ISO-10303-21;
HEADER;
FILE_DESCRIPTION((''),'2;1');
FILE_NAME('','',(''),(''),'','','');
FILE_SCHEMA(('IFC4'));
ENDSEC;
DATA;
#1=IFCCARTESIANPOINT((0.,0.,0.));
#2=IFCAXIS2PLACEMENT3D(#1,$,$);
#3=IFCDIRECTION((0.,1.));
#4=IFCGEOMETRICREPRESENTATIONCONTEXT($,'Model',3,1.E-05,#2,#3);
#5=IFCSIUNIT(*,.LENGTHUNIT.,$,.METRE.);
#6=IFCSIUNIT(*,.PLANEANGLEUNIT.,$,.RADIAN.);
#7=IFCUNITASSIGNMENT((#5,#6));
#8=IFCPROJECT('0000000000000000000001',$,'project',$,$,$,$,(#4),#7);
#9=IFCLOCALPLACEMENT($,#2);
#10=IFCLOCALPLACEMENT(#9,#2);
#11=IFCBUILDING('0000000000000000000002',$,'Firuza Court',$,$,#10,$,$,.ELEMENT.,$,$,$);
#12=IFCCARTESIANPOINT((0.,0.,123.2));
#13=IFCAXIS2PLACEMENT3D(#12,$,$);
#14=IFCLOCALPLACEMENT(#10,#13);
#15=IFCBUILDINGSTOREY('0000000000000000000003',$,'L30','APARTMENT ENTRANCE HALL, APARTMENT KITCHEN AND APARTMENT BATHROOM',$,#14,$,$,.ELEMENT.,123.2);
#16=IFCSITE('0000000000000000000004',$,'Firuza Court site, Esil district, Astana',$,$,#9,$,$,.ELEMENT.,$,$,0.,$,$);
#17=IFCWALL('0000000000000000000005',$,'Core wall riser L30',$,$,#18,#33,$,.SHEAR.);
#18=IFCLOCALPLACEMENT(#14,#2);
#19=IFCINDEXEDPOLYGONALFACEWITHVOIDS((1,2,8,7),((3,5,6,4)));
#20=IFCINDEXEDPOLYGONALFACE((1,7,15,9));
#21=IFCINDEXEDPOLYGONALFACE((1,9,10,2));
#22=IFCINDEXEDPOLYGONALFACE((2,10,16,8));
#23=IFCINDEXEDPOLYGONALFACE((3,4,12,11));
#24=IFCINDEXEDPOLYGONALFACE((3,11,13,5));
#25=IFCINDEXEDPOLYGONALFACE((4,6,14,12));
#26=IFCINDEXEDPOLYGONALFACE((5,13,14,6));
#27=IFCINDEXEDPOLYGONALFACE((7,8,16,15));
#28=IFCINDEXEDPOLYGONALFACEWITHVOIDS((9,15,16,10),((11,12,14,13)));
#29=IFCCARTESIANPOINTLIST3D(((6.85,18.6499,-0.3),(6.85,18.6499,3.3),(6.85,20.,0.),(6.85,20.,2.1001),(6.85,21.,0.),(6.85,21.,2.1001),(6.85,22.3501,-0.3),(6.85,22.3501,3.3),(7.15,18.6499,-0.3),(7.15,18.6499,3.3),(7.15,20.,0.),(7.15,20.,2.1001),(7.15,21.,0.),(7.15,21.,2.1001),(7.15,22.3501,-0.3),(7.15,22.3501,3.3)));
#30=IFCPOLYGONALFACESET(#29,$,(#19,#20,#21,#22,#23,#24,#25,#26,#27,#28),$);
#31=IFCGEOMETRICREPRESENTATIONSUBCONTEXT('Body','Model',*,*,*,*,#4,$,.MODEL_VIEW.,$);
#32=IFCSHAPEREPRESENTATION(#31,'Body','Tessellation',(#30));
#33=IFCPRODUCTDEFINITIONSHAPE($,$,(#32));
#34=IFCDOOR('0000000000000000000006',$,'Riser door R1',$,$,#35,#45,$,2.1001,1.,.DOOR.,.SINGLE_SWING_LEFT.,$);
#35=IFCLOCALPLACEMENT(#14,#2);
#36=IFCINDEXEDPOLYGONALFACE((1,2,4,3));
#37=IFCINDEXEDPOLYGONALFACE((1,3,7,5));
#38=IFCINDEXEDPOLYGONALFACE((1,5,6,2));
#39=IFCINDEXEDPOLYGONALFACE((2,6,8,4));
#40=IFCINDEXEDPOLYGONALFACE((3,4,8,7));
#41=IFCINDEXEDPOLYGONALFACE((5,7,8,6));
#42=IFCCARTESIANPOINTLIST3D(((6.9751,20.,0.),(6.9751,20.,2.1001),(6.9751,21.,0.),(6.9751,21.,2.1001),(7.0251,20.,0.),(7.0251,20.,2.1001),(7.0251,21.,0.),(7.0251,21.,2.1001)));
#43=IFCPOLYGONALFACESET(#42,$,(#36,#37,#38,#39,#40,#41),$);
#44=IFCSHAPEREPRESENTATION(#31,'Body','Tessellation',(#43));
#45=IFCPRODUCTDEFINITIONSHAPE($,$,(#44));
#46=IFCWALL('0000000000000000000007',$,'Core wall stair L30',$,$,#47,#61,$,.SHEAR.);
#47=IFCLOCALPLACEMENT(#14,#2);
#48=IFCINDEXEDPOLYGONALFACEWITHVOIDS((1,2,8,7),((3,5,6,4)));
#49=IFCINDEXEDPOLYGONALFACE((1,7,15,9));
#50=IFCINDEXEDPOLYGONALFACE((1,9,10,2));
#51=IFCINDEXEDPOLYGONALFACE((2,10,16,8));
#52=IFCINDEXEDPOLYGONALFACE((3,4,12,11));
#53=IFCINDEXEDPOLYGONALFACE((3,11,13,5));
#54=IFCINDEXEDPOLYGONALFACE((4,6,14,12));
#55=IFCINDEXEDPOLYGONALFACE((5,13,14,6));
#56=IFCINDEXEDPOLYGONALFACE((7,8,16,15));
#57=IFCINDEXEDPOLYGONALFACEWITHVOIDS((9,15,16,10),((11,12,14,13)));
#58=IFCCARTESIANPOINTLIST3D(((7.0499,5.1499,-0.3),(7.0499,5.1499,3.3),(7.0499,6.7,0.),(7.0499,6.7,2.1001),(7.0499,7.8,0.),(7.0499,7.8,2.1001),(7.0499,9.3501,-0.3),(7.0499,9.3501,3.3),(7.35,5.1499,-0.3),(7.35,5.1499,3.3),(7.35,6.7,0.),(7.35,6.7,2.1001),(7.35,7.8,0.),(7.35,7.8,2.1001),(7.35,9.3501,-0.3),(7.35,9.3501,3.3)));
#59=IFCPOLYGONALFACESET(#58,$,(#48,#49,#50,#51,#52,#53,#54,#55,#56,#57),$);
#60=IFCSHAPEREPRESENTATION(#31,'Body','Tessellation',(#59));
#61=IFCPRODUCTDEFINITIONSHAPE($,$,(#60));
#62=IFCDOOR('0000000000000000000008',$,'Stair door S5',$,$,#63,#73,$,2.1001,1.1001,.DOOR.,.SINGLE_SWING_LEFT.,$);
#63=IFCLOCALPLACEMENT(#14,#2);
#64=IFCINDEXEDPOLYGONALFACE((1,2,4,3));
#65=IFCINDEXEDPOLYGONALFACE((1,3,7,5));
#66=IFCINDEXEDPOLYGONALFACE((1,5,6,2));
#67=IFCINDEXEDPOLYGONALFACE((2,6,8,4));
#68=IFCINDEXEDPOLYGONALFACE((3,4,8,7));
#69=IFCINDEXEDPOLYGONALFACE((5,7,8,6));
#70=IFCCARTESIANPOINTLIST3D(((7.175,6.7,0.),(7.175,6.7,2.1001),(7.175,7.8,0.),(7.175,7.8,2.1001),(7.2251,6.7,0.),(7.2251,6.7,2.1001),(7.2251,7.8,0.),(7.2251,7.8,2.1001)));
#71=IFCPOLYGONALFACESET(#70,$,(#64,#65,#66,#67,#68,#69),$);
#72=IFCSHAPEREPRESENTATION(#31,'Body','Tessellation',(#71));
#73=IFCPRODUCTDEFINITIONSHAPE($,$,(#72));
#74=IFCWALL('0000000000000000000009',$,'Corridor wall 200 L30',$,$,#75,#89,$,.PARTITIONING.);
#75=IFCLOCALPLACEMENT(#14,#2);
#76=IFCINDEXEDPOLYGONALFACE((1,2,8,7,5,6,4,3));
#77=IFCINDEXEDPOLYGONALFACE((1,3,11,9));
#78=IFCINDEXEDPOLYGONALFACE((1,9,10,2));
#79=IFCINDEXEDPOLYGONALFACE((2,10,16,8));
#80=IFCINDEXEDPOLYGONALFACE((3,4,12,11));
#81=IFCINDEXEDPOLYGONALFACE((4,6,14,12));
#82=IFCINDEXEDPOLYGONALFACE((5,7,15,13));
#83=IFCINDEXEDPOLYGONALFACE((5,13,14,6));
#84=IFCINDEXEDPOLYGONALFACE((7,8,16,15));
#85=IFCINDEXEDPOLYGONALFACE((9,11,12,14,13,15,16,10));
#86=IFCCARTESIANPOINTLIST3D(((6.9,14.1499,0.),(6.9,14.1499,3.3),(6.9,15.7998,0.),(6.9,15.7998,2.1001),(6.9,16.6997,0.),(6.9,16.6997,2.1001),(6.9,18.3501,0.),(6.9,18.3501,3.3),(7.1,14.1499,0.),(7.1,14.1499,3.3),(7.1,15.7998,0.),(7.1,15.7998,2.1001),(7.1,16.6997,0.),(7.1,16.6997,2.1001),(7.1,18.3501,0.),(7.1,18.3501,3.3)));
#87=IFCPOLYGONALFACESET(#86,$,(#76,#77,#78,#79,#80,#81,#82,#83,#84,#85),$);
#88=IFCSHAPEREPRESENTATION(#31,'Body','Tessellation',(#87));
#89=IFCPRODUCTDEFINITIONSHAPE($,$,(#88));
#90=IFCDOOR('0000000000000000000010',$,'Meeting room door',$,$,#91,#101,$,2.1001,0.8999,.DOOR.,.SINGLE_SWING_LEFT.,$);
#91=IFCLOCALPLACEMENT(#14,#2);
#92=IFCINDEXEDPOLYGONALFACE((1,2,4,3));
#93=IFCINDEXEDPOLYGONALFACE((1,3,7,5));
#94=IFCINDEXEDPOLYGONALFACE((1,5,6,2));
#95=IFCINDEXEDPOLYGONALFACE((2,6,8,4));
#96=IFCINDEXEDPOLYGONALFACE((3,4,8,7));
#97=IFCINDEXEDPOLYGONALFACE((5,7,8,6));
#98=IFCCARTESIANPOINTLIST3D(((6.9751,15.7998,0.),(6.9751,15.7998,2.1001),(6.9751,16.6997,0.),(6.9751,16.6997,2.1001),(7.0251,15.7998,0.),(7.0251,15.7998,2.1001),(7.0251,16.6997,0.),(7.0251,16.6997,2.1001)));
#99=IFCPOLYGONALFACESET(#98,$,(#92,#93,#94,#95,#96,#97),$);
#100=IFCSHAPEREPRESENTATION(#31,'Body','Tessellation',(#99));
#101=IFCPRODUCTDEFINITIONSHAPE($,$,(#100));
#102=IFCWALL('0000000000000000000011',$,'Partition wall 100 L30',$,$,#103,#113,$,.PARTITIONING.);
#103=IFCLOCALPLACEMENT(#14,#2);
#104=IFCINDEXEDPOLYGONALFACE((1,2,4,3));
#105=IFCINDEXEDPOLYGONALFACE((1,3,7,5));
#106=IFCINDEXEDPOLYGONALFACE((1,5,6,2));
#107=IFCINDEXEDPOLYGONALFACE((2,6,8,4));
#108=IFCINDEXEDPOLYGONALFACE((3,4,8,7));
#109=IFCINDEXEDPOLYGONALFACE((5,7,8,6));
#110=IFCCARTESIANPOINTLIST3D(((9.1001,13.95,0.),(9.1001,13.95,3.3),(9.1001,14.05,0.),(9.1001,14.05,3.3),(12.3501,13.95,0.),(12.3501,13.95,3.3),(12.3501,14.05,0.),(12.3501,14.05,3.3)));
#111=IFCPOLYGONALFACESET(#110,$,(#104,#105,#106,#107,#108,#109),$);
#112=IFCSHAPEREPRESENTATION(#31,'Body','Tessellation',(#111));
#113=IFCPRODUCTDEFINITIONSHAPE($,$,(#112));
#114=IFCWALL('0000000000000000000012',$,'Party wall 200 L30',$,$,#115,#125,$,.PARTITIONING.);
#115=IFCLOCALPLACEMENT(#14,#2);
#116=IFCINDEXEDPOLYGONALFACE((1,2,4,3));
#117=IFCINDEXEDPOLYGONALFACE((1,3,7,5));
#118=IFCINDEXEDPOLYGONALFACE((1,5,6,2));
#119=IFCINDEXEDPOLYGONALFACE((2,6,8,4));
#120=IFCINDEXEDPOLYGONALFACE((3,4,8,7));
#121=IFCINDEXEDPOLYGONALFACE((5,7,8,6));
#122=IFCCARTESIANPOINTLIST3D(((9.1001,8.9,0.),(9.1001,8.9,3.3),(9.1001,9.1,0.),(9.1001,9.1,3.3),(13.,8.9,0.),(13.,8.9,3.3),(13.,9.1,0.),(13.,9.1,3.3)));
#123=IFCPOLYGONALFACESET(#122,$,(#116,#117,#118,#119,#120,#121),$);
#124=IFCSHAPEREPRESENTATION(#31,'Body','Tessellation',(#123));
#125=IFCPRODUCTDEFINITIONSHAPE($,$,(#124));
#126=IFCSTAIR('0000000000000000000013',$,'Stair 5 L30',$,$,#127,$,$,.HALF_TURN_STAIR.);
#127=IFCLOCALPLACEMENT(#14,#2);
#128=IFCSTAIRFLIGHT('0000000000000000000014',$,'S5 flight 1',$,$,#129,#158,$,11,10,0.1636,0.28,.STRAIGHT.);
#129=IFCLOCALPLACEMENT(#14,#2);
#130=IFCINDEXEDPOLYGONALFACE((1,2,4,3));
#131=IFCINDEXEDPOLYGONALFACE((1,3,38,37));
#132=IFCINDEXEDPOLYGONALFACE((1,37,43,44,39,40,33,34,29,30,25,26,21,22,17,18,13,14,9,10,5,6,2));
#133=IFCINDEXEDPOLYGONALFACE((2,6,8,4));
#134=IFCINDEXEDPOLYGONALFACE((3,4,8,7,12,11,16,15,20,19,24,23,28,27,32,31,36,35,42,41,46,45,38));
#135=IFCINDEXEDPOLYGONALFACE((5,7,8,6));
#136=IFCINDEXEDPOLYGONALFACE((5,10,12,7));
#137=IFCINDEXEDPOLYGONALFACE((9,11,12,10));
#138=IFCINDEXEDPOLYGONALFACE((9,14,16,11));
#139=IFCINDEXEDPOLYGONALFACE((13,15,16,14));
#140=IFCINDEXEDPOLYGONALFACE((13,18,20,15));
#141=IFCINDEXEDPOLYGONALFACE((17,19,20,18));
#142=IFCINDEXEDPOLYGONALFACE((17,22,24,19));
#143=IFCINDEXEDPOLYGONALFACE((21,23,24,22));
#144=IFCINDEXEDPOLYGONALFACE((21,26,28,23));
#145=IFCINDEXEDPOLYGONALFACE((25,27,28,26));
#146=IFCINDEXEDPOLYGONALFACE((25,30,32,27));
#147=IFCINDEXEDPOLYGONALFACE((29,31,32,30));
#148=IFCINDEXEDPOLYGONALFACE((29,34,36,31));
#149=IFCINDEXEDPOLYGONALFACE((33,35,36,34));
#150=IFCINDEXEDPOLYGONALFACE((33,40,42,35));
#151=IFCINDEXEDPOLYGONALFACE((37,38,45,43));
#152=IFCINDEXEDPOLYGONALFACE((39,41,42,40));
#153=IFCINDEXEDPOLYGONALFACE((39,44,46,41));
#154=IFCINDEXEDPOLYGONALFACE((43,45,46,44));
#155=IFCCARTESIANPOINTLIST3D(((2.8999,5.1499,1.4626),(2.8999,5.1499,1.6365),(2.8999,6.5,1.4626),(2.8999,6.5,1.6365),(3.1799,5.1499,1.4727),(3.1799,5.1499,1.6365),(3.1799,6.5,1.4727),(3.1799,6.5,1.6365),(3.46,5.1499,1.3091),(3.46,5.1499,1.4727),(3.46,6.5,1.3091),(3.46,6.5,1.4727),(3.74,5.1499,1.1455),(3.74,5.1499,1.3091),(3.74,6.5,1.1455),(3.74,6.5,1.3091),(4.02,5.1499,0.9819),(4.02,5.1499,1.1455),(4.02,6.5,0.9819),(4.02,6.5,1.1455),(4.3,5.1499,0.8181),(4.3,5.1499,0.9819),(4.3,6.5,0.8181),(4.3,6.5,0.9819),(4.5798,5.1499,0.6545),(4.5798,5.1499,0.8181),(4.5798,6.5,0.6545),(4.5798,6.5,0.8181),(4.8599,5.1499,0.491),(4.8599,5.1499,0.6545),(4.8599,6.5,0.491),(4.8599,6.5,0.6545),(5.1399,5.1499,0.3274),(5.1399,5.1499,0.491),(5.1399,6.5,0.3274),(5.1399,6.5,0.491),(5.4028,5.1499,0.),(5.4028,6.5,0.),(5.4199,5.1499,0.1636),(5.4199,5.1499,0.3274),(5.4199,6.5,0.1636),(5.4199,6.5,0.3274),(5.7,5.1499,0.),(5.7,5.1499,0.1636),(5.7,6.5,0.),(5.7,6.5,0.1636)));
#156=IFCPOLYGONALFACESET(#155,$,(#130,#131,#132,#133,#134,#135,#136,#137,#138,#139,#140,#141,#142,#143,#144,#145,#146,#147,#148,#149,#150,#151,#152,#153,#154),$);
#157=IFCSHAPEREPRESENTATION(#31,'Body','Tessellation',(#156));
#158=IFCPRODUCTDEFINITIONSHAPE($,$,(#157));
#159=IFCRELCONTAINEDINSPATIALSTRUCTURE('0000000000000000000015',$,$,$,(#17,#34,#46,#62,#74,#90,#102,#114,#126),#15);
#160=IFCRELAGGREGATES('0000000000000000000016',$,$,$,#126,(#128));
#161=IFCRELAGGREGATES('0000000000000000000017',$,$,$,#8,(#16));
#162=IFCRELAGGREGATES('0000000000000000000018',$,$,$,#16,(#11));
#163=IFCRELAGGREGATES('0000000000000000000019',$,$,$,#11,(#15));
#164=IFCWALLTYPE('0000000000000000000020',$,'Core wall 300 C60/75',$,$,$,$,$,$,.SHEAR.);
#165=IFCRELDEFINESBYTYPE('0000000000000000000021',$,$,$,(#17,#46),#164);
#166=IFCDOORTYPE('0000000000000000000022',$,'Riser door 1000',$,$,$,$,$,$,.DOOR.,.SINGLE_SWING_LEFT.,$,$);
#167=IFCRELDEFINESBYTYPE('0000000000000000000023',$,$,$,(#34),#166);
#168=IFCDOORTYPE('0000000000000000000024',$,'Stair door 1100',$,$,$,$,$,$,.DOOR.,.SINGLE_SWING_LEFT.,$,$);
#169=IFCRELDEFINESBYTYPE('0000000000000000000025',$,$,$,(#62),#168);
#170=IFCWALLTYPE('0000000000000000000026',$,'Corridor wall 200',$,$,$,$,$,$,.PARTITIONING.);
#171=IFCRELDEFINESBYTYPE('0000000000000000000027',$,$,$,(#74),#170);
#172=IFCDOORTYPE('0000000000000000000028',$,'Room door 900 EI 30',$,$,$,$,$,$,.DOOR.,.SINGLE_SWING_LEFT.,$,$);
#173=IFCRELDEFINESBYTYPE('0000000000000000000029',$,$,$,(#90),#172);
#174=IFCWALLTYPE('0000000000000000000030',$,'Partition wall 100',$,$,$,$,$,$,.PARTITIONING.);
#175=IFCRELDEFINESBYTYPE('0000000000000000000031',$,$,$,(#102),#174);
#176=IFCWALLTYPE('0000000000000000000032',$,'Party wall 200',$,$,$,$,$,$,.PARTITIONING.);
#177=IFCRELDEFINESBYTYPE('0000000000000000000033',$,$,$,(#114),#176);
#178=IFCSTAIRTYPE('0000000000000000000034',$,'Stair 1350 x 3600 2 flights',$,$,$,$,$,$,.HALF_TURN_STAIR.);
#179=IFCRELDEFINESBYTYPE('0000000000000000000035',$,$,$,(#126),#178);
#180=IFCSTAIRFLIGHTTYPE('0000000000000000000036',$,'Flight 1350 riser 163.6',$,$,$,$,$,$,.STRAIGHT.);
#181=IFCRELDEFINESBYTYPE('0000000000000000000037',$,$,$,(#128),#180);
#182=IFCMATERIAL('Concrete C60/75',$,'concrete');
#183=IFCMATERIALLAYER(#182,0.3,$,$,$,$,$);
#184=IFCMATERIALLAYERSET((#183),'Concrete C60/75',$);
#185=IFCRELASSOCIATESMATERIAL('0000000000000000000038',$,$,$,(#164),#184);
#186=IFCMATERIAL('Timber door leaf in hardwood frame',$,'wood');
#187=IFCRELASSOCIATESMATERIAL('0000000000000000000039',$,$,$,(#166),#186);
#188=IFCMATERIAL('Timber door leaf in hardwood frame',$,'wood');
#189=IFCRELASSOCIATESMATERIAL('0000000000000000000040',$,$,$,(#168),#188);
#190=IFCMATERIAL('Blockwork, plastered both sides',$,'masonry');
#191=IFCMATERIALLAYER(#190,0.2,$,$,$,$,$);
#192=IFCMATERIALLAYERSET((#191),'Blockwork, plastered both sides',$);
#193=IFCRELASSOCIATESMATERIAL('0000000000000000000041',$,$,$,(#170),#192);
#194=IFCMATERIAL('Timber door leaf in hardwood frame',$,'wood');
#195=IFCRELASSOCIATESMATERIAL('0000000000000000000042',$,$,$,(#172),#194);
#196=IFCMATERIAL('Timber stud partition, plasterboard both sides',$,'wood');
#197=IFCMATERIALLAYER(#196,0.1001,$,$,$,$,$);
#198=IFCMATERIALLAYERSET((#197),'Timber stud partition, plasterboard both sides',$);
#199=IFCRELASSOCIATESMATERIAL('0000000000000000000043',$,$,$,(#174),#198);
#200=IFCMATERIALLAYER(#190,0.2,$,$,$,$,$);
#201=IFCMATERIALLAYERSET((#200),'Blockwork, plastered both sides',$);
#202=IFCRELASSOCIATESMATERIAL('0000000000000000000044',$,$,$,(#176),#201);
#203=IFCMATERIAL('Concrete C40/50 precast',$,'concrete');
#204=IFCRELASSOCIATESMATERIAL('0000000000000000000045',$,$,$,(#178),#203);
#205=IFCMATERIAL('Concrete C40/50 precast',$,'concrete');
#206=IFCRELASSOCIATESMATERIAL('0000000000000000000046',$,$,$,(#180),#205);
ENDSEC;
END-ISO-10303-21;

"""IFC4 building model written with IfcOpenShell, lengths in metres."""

from ifc_helpers import new_model, si_unit, direction, frame, frame_2d, origin, place, context, subcontext, project, spatial, polyline, rectangle, outline, extrude, material, layer, layer_set, type_object, element, fill, aggregate, save


model = new_model("IFC4")

# Units and contexts
model_context = context("Model", 3, precision=1e-05, world=origin(), true_north=direction((0.0, 1.0)))
body_context = subcontext(model_context, "Body", "Model", "MODEL_VIEW")
ifc_project = project(units=[si_unit("LENGTHUNIT", "METRE"), si_unit("PLANEANGLEUNIT", "RADIAN")], contexts=[model_context])

# Site, building, storey
site_placement = place(None, origin())
site = spatial("IfcSite", under=ifc_project, at=site_placement, Name="Firuza Court site, Esil district, Astana", CompositionType="ELEMENT", RefElevation=0.0)
building_placement = place(site_placement, origin())
building = spatial("IfcBuilding", under=site, at=building_placement, Name="Firuza Court", CompositionType="ELEMENT")
storey_placement = place(building_placement, frame((0.0, 0.0, 123.2)))
storey = spatial("IfcBuildingStorey", under=building, at=storey_placement, Name="L30", Description="APARTMENT ENTRANCE HALL, APARTMENT KITCHEN AND APARTMENT BATHROOM", CompositionType="ELEMENT", Elevation=123.2)

# Shared definitions
ifc_material_1 = material(Name="Concrete C60/75", Category="concrete")
ifc_layer_1 = layer(ifc_material_1, 0.3)
ifc_layer_set_1 = layer_set([ifc_layer_1], Name="Concrete C60/75")
wall_type_1 = type_object("IfcWallType", Name="Core wall 300 C60/75", PredefinedType="SHEAR", material=ifc_layer_set_1)

# Walls, openings, doors
ifc_material_2 = material(Name="Timber door leaf in hardwood frame", Category="wood")
door_type_1 = type_object("IfcDoorType", Name="Riser door 1000", OperationType="SINGLE_SWING_LEFT", PredefinedType="DOOR", material=ifc_material_2)
wall_1_placement = place(storey_placement, frame((7.0, 18.6499, -0.3), z_axis=(0.0, 0.0, 1.0), x_axis=(0.0, 1.0, 0.0)))
wall_1 = element("IfcWall", 1, at=wall_1_placement, inside=storey, type_object=wall_type_1, Name="Core wall riser L30", PredefinedType="SHEAR", context=body_context, shape_type="SweptSolid", body=[
    extrude(rectangle(XDim=3.7002, YDim=0.3, at=frame_2d((1.8501, 0.0))), origin(), (0.0, 0.0, 1.0), 3.6001),
])
opening_1_placement = place(wall_1_placement, frame((1.3501, 0.0, 0.3)))
opening_1 = element("IfcOpeningElement", 2, at=opening_1_placement, cuts=wall_1, PredefinedType="OPENING", context=body_context, shape_type="SweptSolid", body=[
    extrude(rectangle(XDim=1.0, YDim=2.1001, at=frame_2d((0.5, 1.05))), frame((0.0, 0.1621, 0.0), z_axis=(0.0, -1.0, 0.0), x_axis=(1.0, 0.0, 0.0)), (0.0, 0.0, 1.0), 0.324),
])
door_1_placement = place(opening_1_placement, origin())
door_1 = element("IfcDoor", 3, at=door_1_placement, inside=storey, type_object=door_type_1, Name="Riser door R1", OperationType="SINGLE_SWING_LEFT", OverallHeight=2.1001, OverallWidth=1.0, PredefinedType="DOOR", context=body_context, shape_type="SweptSolid", body=[
    extrude(rectangle(XDim=1.0, YDim=2.1001, at=frame_2d((0.5, 1.05))), frame((0.0, 0.0249, 0.0), z_axis=(0.0, -1.0, 0.0), x_axis=(1.0, 0.0, 0.0)), (0.0, 0.0, 1.0), 0.05),
])
fill(opening_1, door_1)
wall_2_placement = place(storey_placement, frame((7.2, 5.1499, -0.3), z_axis=(0.0, 0.0, 1.0), x_axis=(0.0, 1.0, 0.0)))
wall_2 = element("IfcWall", 4, at=wall_2_placement, inside=storey, type_object=wall_type_1, Name="Core wall stair L30", PredefinedType="SHEAR", context=body_context, shape_type="SweptSolid", body=[
    extrude(rectangle(XDim=4.2002, YDim=0.3, at=frame_2d((2.1001, 0.0))), origin(), (0.0, 0.0, 1.0), 3.6001),
])
opening_2_placement = place(wall_2_placement, frame((1.55, 0.0, 0.3)))
opening_2 = element("IfcOpeningElement", 5, at=opening_2_placement, cuts=wall_2, PredefinedType="OPENING", context=body_context, shape_type="SweptSolid", body=[
    extrude(rectangle(XDim=1.1001, YDim=2.1001, at=frame_2d((0.55, 1.05))), frame((0.0, 0.1621, 0.0), z_axis=(0.0, -1.0, 0.0), x_axis=(1.0, 0.0, 0.0)), (0.0, 0.0, 1.0), 0.324),
])
ifc_material_3 = material(Name="Timber door leaf in hardwood frame", Category="wood")
door_type_2 = type_object("IfcDoorType", Name="Stair door 1100", OperationType="SINGLE_SWING_LEFT", PredefinedType="DOOR", material=ifc_material_3)
door_2_placement = place(opening_2_placement, origin())
door_2 = element("IfcDoor", 6, at=door_2_placement, inside=storey, type_object=door_type_2, Name="Stair door S5", OperationType="SINGLE_SWING_LEFT", OverallHeight=2.1001, OverallWidth=1.1001, PredefinedType="DOOR", context=body_context, shape_type="SweptSolid", body=[
    extrude(rectangle(XDim=1.1001, YDim=2.1001, at=frame_2d((0.55, 1.05))), frame((0.0, 0.0249, 0.0), z_axis=(0.0, -1.0, 0.0), x_axis=(1.0, 0.0, 0.0)), (0.0, 0.0, 1.0), 0.05),
])
fill(opening_2, door_2)
ifc_material_4 = material(Name="Blockwork, plastered both sides", Category="masonry")
ifc_layer_2 = layer(ifc_material_4, 0.2)
ifc_layer_set_2 = layer_set([ifc_layer_2], Name="Blockwork, plastered both sides")
wall_type_2 = type_object("IfcWallType", Name="Corridor wall 200", PredefinedType="PARTITIONING", material=ifc_layer_set_2)
wall_3_placement = place(storey_placement, frame((7.0, 14.1499, 0.0), z_axis=(0.0, 0.0, 1.0), x_axis=(0.0, 1.0, 0.0)))
wall_3 = element("IfcWall", 7, at=wall_3_placement, inside=storey, type_object=wall_type_2, Name="Corridor wall 200 L30", PredefinedType="PARTITIONING", context=body_context, shape_type="SweptSolid", body=[
    extrude(rectangle(XDim=4.2002, YDim=0.2, at=frame_2d((2.1001, 0.0))), origin(), (0.0, 0.0, 1.0), 3.3),
])
opening_3_placement = place(wall_3_placement, frame((1.6499, 0.0, 0.0)))
opening_3 = element("IfcOpeningElement", 8, at=opening_3_placement, cuts=wall_3, PredefinedType="OPENING", context=body_context, shape_type="SweptSolid", body=[
    extrude(rectangle(XDim=0.8999, YDim=2.1001, at=frame_2d((0.45, 1.05))), frame((0.0, 0.1118, 0.0), z_axis=(0.0, -1.0, 0.0), x_axis=(1.0, 0.0, 0.0)), (0.0, 0.0, 1.0), 0.2239),
])
ifc_material_5 = material(Name="Timber door leaf in hardwood frame", Category="wood")
door_type_3 = type_object("IfcDoorType", Name="Room door 900 EI 30", OperationType="SINGLE_SWING_LEFT", PredefinedType="DOOR", material=ifc_material_5)
door_3_placement = place(opening_3_placement, origin())
door_3 = element("IfcDoor", 9, at=door_3_placement, inside=storey, type_object=door_type_3, Name="Meeting room door", OperationType="SINGLE_SWING_LEFT", OverallHeight=2.1001, OverallWidth=0.8999, PredefinedType="DOOR", context=body_context, shape_type="SweptSolid", body=[
    extrude(rectangle(XDim=0.8999, YDim=2.1001, at=frame_2d((0.45, 1.05))), frame((0.0, 0.0249, 0.0), z_axis=(0.0, -1.0, 0.0), x_axis=(1.0, 0.0, 0.0)), (0.0, 0.0, 1.0), 0.05),
])
fill(opening_3, door_3)

# Walls
ifc_material_6 = material(Name="Timber stud partition, plasterboard both sides", Category="wood")
ifc_layer_3 = layer(ifc_material_6, 0.1001)
ifc_layer_set_3 = layer_set([ifc_layer_3], Name="Timber stud partition, plasterboard both sides")
wall_type_3 = type_object("IfcWallType", Name="Partition wall 100", PredefinedType="PARTITIONING", material=ifc_layer_set_3)
wall_4_placement = place(storey_placement, frame((9.1001, 14.0, 0.0), z_axis=(0.0, 0.0, 1.0), x_axis=(1.0, 0.0, 0.0)))
element("IfcWall", 10, at=wall_4_placement, inside=storey, type_object=wall_type_3, Name="Partition wall 100 L30", PredefinedType="PARTITIONING", context=body_context, shape_type="SweptSolid", body=[
    extrude(rectangle(XDim=3.25, YDim=0.1001, at=frame_2d((1.625, 0.0))), origin(), (0.0, 0.0, 1.0), 3.3),
])
ifc_layer_4 = layer(ifc_material_4, 0.2)
ifc_layer_set_4 = layer_set([ifc_layer_4], Name="Blockwork, plastered both sides")
wall_type_4 = type_object("IfcWallType", Name="Party wall 200", PredefinedType="PARTITIONING", material=ifc_layer_set_4)
wall_5_placement = place(storey_placement, frame((9.1001, 9.0, 0.0), z_axis=(0.0, 0.0, 1.0), x_axis=(1.0, 0.0, 0.0)))
element("IfcWall", 11, at=wall_5_placement, inside=storey, type_object=wall_type_4, Name="Party wall 200 L30", PredefinedType="PARTITIONING", context=body_context, shape_type="SweptSolid", body=[
    extrude(rectangle(XDim=3.8999, YDim=0.2, at=frame_2d((1.95, 0.0))), origin(), (0.0, 0.0, 1.0), 3.3),
])

# Stair, stair flight
ifc_material_7 = material(Name="Concrete C40/50 precast", Category="concrete")
stair_type = type_object("IfcStairType", Name="Stair 1350 x 3600 2 flights", PredefinedType="HALF_TURN_STAIR", material=ifc_material_7)
stair_placement = place(storey_placement, origin())
stair = element("IfcStair", 12, at=stair_placement, inside=storey, type_object=stair_type, Name="Stair 5 L30", PredefinedType="HALF_TURN_STAIR")
ifc_material_8 = material(Name="Concrete C40/50 precast", Category="concrete")
stair_flight_type = type_object("IfcStairFlightType", Name="Flight 1350 riser 163.6", PredefinedType="STRAIGHT", material=ifc_material_8)
stair_flight_1_placement = place(storey_placement, frame((5.7, 5.825, 0.0), z_axis=(0.0, 0.0, 1.0), x_axis=(-1.0, 0.0, 0.0)))
stair_flight_1 = element("IfcStairFlight", 13, at=stair_flight_1_placement, type_object=stair_flight_type, Name="S5 flight 1", NumberOfRisers=11, NumberOfTreads=10, PredefinedType="STRAIGHT", RiserHeight=0.1636, TreadLength=0.28, context=body_context, shape_type="SweptSolid", body=[
    extrude(outline(polyline([(0.0, 0.0), (0.0, 0.1636), (0.28, 0.1636), (0.28, 0.3274), (0.5601, 0.3274), (0.5601, 0.491), (0.8401, 0.491), (0.8401, 0.6545), (1.1201, 0.6545), (1.1201, 0.8181), (1.3999, 0.8181), (1.3999, 0.9819), (1.6799, 0.9819), (1.6799, 1.1455), (1.96, 1.1455), (1.96, 1.3091), (2.24, 1.3091), (2.24, 1.4727), (2.52, 1.4727), (2.52, 1.6365), (2.8, 1.6365), (2.8, 1.8), (2.8, 1.4626), (0.2971, 0.0), (0.0, 0.0)])), frame((0.0, 0.675, 0.0), z_axis=(0.0, -1.0, 0.0), x_axis=(1.0, 0.0, 0.0)), (0.0, 0.0, 1.0), 1.3501),
])
aggregate(stair, [stair_flight_1])

save(model, "model.ifc")
